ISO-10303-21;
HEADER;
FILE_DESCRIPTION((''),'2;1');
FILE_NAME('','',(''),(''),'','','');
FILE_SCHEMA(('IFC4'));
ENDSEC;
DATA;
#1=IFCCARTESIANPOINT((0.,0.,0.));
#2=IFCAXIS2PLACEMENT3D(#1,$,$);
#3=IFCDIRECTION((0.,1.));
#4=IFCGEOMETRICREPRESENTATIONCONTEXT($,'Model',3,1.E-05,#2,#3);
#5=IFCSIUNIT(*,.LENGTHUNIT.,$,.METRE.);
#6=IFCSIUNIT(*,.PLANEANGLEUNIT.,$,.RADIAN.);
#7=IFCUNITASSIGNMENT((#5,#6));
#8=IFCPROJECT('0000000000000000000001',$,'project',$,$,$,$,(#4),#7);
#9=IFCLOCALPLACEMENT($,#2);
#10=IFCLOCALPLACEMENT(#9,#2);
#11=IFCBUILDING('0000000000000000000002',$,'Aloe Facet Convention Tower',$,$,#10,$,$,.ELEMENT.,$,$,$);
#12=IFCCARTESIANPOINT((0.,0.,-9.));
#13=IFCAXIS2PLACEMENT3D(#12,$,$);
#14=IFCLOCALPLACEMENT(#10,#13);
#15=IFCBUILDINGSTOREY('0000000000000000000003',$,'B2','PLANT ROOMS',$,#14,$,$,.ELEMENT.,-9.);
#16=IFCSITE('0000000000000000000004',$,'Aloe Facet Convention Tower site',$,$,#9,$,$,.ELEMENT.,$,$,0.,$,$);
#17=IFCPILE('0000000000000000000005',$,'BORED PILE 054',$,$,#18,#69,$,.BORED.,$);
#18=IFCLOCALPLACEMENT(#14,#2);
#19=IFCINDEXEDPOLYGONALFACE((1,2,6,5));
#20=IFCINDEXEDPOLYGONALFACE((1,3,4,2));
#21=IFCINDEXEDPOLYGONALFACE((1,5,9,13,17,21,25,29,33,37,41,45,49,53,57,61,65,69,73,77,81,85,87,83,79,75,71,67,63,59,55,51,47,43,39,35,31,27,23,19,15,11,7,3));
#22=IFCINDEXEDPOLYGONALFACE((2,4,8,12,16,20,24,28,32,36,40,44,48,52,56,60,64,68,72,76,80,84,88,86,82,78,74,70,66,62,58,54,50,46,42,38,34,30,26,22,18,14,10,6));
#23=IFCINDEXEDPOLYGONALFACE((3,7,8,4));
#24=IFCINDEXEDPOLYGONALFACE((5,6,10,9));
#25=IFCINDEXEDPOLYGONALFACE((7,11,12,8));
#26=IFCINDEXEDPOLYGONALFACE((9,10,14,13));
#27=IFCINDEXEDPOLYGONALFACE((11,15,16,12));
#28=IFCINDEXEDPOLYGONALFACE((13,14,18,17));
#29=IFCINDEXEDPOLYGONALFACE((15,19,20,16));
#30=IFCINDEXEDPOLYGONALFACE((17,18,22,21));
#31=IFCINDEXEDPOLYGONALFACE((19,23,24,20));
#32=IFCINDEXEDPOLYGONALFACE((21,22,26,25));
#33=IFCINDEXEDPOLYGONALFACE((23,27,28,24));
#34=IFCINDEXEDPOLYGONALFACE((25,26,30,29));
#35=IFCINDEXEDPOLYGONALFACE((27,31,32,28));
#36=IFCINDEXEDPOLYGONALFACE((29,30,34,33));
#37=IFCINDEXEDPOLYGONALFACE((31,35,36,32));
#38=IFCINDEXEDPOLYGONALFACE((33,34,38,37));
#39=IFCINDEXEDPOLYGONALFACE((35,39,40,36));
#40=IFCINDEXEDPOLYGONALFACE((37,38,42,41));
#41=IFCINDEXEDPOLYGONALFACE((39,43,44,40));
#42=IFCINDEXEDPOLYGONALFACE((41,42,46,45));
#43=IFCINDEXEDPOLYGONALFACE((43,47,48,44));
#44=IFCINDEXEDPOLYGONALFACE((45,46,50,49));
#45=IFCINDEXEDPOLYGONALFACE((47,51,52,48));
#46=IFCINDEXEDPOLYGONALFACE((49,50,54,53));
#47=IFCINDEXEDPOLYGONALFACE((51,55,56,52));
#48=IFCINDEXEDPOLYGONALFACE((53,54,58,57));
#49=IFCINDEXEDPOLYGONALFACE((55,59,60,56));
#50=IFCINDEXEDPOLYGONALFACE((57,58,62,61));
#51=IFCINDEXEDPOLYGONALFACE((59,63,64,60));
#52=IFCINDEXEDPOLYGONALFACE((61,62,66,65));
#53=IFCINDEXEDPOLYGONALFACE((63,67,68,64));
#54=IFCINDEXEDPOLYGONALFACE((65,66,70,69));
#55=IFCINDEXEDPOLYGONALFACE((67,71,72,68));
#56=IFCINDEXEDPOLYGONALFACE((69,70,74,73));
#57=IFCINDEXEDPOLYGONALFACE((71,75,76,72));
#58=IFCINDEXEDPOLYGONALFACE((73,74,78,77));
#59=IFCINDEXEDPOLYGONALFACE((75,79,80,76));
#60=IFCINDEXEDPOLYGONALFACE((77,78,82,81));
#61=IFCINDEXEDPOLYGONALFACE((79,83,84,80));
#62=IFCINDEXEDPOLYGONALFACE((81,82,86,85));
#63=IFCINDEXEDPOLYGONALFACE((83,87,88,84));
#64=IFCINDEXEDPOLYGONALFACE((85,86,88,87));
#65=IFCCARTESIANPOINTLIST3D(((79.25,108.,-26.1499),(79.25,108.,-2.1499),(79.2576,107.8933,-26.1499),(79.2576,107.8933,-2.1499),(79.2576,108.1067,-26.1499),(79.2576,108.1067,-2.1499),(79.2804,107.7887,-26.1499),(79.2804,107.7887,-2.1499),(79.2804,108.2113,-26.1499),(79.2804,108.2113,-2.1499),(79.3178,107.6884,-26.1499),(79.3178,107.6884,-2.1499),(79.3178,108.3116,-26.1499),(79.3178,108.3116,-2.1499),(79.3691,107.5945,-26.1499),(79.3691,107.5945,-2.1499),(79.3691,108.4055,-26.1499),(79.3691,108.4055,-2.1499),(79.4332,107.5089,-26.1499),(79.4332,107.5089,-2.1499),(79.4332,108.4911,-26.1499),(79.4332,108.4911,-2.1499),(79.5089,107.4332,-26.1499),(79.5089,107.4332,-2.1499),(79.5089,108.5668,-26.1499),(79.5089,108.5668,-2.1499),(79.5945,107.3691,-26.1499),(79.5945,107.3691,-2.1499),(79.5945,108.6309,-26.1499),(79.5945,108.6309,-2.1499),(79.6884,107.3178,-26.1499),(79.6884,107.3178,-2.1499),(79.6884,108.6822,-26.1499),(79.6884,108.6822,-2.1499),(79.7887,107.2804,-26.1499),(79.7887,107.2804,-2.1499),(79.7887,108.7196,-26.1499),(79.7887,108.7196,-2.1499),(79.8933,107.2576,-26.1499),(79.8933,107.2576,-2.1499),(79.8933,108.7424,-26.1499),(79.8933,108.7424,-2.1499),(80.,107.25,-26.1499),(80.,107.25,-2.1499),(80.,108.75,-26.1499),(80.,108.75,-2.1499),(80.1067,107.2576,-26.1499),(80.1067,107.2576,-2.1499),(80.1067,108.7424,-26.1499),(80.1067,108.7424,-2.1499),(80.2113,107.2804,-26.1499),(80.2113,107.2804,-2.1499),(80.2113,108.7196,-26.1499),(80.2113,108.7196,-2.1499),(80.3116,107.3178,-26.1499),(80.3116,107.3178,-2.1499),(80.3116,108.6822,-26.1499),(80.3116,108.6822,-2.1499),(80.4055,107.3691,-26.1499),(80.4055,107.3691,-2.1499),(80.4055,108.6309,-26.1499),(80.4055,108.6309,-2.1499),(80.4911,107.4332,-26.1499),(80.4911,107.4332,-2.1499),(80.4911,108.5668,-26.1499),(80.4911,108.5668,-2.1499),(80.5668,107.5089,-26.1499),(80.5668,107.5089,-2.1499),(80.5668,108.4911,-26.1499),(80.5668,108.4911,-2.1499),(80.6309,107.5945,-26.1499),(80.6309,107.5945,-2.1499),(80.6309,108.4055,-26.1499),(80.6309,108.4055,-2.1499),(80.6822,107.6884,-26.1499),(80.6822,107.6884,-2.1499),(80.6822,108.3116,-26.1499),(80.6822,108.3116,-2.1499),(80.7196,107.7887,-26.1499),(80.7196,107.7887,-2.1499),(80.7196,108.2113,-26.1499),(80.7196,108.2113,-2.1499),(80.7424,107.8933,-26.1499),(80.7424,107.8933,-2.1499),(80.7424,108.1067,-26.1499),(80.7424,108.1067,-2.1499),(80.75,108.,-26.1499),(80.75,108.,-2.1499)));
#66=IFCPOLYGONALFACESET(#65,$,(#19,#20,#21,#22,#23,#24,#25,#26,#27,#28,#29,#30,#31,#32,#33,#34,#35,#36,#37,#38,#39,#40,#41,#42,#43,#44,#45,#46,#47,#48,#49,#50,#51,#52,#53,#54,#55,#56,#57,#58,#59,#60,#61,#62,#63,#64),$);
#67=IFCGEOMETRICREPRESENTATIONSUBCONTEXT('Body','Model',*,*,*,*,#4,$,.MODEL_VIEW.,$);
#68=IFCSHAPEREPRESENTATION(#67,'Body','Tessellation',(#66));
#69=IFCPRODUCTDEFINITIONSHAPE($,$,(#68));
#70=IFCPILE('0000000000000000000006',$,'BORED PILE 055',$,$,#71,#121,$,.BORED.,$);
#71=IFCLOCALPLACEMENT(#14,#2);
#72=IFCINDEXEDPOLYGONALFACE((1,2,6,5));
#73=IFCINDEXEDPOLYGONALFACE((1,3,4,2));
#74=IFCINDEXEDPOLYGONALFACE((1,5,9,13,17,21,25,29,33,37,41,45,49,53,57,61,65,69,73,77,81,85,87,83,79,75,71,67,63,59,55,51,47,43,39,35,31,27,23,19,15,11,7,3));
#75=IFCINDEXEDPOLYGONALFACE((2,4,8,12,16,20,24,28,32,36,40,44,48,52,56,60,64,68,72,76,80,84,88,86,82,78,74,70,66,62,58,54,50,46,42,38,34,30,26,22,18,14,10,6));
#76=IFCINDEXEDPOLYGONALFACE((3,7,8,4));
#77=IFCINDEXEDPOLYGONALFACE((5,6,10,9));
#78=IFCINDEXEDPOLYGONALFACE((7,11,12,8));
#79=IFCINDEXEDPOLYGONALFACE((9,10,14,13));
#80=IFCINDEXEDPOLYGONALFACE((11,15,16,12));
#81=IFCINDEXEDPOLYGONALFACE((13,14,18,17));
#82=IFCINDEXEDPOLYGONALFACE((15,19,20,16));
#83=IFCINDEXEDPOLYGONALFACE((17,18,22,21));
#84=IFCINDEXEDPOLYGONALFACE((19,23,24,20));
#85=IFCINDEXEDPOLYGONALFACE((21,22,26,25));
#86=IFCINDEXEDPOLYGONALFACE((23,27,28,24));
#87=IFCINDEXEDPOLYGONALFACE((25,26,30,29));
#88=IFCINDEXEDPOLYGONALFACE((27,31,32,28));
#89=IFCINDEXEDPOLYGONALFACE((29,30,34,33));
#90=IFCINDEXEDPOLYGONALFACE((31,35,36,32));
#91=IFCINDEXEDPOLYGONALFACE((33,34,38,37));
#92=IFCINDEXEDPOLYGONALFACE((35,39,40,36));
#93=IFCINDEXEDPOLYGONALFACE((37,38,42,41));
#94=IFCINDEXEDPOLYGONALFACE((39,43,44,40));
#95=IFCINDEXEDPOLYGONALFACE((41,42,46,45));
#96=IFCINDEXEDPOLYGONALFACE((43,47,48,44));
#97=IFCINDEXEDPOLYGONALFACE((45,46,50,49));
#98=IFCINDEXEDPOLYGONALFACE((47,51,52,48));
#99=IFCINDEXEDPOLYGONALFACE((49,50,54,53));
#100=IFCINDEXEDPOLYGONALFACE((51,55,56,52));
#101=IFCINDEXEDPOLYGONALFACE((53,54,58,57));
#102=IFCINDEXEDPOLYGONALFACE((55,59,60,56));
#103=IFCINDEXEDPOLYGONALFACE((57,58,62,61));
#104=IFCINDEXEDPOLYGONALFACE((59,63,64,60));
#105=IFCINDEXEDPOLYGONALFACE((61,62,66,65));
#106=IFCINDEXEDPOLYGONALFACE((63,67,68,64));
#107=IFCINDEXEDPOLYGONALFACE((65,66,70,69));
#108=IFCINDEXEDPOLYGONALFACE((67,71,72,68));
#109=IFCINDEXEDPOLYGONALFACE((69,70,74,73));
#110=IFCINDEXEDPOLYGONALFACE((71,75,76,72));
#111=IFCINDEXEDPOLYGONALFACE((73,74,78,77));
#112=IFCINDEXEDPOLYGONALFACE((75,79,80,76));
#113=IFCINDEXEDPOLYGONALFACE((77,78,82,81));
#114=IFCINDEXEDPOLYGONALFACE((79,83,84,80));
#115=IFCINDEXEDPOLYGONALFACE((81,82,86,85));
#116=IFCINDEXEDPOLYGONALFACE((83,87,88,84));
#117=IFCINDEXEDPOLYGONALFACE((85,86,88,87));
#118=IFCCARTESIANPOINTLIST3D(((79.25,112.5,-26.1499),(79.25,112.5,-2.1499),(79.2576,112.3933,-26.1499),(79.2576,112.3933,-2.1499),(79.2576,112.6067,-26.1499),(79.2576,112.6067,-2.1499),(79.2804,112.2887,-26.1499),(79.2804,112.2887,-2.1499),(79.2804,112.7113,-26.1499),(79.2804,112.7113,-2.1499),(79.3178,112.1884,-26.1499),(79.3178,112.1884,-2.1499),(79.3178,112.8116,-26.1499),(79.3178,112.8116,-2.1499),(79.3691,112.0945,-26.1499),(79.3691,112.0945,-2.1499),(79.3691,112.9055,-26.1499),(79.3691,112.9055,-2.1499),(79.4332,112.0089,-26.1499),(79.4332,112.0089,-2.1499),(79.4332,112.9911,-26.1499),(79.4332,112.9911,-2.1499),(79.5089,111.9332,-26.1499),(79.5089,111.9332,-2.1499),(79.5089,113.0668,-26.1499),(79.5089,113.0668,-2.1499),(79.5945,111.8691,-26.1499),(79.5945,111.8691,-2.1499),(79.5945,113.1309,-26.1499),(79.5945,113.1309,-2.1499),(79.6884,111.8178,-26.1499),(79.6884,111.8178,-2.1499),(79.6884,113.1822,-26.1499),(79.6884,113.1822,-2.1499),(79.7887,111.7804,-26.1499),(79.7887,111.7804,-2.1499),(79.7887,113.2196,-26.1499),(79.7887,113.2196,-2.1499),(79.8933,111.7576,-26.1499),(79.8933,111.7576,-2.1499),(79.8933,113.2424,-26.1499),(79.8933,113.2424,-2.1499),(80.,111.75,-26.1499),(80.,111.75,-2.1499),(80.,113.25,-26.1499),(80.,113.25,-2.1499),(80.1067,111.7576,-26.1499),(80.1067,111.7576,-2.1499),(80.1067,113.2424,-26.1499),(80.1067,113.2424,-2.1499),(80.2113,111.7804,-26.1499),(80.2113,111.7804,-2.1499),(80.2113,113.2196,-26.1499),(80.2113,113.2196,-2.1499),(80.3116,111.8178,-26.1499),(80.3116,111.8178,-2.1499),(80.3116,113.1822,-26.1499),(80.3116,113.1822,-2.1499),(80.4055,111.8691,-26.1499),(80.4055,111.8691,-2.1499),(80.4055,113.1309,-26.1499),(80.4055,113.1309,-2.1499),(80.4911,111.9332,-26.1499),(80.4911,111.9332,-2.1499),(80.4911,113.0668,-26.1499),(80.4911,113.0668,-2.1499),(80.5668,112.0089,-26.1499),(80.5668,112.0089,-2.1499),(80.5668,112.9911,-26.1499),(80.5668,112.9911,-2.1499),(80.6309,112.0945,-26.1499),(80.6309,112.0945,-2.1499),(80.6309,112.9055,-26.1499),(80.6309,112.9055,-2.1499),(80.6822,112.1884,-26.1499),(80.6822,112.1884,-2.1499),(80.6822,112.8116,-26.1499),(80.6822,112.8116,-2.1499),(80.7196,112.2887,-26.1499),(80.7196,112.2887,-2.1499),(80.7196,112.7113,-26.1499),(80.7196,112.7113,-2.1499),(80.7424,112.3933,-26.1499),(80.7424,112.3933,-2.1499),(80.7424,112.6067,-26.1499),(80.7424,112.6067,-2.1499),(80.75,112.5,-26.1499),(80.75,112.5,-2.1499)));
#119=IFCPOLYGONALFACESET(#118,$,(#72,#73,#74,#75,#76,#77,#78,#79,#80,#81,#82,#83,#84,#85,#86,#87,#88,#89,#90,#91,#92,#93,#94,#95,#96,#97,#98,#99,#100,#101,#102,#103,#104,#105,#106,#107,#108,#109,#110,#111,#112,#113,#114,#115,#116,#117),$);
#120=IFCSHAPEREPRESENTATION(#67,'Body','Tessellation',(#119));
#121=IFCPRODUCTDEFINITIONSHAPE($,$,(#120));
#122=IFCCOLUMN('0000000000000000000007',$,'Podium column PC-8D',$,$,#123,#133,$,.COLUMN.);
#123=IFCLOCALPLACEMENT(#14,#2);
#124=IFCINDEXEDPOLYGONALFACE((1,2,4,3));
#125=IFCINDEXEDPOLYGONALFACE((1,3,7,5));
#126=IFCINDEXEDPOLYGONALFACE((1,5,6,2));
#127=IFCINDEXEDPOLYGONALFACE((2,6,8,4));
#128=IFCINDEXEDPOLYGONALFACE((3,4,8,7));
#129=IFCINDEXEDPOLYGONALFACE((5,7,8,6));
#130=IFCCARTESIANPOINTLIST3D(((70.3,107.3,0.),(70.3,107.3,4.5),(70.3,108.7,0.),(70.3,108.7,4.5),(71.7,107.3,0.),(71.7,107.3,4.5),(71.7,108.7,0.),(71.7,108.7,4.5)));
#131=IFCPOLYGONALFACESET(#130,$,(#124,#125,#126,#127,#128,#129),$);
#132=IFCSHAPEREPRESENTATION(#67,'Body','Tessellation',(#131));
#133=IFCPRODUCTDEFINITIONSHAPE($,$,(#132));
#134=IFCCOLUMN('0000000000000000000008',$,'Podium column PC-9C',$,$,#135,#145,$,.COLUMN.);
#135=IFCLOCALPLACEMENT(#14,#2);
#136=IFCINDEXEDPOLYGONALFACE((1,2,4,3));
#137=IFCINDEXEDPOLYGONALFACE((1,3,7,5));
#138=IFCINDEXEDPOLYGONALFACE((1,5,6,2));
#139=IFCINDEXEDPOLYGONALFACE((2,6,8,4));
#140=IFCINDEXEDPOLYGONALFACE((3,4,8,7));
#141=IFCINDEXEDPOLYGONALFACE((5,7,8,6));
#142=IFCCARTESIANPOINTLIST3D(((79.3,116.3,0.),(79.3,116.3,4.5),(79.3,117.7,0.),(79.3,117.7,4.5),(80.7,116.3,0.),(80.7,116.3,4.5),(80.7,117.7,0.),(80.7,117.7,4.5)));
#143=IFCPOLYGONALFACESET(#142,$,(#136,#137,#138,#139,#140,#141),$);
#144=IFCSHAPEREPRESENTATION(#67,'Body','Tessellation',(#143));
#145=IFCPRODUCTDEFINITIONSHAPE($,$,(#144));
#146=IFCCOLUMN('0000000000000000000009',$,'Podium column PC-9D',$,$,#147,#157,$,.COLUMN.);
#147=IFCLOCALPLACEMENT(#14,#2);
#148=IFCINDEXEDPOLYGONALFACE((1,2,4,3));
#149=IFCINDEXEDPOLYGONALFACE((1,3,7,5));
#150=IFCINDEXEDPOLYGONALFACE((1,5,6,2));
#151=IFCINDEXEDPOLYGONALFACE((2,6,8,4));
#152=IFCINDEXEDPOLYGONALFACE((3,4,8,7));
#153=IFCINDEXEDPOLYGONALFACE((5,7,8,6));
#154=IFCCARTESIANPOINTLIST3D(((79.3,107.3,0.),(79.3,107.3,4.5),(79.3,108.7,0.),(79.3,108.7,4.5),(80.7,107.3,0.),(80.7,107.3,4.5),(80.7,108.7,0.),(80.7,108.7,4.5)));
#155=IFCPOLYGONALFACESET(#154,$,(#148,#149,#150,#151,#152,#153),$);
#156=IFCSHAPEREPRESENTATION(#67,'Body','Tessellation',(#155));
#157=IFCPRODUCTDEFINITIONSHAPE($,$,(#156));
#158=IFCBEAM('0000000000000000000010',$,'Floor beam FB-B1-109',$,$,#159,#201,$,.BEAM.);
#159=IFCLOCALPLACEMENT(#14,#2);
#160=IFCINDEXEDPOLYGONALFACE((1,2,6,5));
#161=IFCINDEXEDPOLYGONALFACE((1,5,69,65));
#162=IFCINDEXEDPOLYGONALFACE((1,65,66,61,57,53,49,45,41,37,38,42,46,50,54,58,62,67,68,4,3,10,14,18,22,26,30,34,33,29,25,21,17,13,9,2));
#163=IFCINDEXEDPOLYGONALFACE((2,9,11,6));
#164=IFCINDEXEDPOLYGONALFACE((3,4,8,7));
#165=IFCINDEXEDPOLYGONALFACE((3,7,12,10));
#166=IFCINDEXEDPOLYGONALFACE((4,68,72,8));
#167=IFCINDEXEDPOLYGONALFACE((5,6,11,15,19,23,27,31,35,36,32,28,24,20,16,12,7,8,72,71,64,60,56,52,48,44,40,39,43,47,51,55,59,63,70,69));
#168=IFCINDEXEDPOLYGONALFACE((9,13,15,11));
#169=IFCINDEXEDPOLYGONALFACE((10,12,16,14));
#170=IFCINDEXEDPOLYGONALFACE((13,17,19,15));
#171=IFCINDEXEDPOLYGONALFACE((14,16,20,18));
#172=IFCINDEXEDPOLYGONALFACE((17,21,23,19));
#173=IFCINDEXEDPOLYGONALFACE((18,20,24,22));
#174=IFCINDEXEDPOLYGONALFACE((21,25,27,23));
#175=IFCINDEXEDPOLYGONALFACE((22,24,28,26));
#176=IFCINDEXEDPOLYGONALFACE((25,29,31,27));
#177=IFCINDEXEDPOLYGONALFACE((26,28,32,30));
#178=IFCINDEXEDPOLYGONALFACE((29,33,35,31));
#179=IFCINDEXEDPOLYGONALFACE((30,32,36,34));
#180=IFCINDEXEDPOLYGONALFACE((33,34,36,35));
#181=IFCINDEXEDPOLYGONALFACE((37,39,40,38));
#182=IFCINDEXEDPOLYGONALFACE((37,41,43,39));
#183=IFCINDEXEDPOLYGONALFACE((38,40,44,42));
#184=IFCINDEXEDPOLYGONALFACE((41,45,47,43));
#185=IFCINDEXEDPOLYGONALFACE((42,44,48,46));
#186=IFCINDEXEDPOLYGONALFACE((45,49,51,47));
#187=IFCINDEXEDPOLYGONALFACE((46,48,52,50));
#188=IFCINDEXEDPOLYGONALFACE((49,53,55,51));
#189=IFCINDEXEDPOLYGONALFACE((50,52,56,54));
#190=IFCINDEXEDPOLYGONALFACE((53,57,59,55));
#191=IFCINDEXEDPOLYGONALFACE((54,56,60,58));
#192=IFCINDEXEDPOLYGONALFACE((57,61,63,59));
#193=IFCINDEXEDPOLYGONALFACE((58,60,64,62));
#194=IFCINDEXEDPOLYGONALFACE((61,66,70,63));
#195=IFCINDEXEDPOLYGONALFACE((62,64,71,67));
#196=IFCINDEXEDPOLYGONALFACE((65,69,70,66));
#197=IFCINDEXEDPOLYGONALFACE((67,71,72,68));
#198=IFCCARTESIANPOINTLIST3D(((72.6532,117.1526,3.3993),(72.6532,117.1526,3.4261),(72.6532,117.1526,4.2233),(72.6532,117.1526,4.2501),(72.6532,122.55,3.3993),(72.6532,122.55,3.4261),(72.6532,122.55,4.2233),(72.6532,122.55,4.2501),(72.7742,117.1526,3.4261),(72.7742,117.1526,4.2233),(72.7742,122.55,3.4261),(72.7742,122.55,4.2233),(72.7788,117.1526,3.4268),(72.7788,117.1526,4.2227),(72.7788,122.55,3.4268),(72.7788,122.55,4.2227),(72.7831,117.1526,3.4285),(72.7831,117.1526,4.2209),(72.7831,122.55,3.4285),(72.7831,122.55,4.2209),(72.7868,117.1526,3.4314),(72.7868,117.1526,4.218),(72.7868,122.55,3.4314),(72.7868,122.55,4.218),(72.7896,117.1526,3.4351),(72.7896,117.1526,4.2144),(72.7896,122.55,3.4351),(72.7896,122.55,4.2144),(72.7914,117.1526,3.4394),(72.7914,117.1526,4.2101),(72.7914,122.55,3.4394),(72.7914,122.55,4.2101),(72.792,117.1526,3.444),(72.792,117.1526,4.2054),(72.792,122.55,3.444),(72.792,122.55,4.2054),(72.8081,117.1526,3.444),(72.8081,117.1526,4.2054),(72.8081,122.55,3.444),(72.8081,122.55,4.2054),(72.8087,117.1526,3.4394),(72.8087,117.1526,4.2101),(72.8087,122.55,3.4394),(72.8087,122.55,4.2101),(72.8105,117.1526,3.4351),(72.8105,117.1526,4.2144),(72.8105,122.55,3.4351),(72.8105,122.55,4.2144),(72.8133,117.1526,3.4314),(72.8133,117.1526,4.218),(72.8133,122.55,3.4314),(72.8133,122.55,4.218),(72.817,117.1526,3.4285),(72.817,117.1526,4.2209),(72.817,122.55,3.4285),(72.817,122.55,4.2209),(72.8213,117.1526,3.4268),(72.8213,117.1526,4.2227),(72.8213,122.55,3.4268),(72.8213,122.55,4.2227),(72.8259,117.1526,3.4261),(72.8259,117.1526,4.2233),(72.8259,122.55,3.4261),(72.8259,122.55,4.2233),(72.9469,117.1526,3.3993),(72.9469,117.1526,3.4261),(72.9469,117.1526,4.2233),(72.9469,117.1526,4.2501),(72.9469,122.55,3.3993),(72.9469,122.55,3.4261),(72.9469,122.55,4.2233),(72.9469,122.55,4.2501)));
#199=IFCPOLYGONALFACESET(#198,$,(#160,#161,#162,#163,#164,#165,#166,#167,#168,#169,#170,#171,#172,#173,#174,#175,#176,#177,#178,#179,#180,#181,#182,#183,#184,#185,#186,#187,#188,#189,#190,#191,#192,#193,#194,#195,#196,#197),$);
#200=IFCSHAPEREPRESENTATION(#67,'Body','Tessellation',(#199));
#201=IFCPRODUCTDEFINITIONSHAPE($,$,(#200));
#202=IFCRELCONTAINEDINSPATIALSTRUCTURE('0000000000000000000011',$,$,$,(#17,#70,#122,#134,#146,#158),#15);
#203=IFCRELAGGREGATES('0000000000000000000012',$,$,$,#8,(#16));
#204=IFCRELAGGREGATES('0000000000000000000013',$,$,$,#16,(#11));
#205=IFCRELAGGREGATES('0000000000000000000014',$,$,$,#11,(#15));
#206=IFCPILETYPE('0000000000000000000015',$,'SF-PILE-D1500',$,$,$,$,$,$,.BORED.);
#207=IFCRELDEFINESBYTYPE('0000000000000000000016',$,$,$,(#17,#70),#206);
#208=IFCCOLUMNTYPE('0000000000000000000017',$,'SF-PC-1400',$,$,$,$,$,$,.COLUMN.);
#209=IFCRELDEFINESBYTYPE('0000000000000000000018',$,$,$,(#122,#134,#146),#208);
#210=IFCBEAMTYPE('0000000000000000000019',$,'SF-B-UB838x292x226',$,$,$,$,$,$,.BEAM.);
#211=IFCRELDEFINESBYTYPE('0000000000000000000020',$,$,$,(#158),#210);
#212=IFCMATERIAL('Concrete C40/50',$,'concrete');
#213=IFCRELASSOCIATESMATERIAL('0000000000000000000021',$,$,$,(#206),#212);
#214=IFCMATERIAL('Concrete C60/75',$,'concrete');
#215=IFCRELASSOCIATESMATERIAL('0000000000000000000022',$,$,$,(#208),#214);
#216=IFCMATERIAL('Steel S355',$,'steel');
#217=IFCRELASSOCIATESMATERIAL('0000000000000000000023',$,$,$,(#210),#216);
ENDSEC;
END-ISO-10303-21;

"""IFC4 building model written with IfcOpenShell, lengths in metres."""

from ifc_helpers import new_model, si_unit, direction, frame, origin, origin_2d, place, context, subcontext, project, spatial, rectangle, circle, i_section, extrude, material, material_profile, profile_set, type_object, element, save


model = new_model("IFC4")

# Units and contexts
model_context = context("Model", 3, precision=1e-05, world=origin(), true_north=direction((0.0, 1.0)))
body_context = subcontext(model_context, "Body", "Model", "MODEL_VIEW")
ifc_project = project(units=[si_unit("LENGTHUNIT", "METRE"), si_unit("PLANEANGLEUNIT", "RADIAN")], contexts=[model_context])

# Site, building, storey
site_placement = place(None, origin())
site = spatial("IfcSite", under=ifc_project, at=site_placement, Name="Aloe Facet Convention Tower site", CompositionType="ELEMENT", RefElevation=0.0)
building_placement = place(site_placement, origin())
building = spatial("IfcBuilding", under=site, at=building_placement, Name="Aloe Facet Convention Tower", CompositionType="ELEMENT")
storey_placement = place(building_placement, frame((0.0, 0.0, -9.0)))
storey = spatial("IfcBuildingStorey", under=building, at=storey_placement, Name="B2", Description="PLANT ROOMS", CompositionType="ELEMENT", Elevation=-9.0)

# Piles
ifc_material_1 = material(Name="Concrete C40/50", Category="concrete")
ifc_material_profile_1 = material_profile(ifc_material_1, circle(Radius=0.75, at=origin_2d()), Name="D1500")
ifc_profile_set_1 = profile_set([ifc_material_profile_1], Name="Concrete C40/50")
pile_type = type_object("IfcPileType", Name="SF-PILE-D1500", PredefinedType="BORED", material=ifc_profile_set_1)
for number, where, z_axis, x_axis, name in (
    (1, (80.0, 108.0, -2.1499), (0.0, 0.0, -1.0), (1.0, 0.0, 0.0), "BORED PILE 054"),
    (2, (80.0, 112.5, -2.1499), (0.0, 0.0, -1.0), (1.0, 0.0, 0.0), "BORED PILE 055"),
):
    element("IfcPile", number, at=place(storey_placement, frame(where, z_axis=z_axis, x_axis=x_axis)), inside=storey, type_object=pile_type, Name=name, PredefinedType="BORED", context=body_context, shape_type="SweptSolid", body=[
        extrude(circle(Radius=0.75, at=origin_2d()), origin(), (0.0, 0.0, 1.0), 24.0),
    ])

# Columns
ifc_material_2 = material(Name="Concrete C60/75", Category="concrete")
ifc_material_profile_2 = material_profile(ifc_material_2, rectangle(XDim=1.3999, YDim=1.3999, at=origin_2d()), Name="SF-PC-1400")
ifc_profile_set_2 = profile_set([ifc_material_profile_2], Name="Concrete C60/75")
column_type = type_object("IfcColumnType", Name="SF-PC-1400", PredefinedType="COLUMN", material=ifc_profile_set_2)
for number, where, z_axis, x_axis, name in (
    (3, (71.0, 108.0, 0.0), (0.0, 0.0, 1.0), (1.0, 0.0, 0.0), "Podium column PC-8D"),
    (4, (80.0, 117.0, 0.0), (0.0, 0.0, 1.0), (1.0, 0.0, 0.0), "Podium column PC-9C"),
    (5, (80.0, 108.0, 0.0), (0.0, 0.0, 1.0), (1.0, 0.0, 0.0), "Podium column PC-9D"),
):
    element("IfcColumn", number, at=place(storey_placement, frame(where, z_axis=z_axis, x_axis=x_axis)), inside=storey, type_object=column_type, Name=name, PredefinedType="COLUMN", context=body_context, shape_type="SweptSolid", body=[
        extrude(rectangle(XDim=1.3999, YDim=1.3999, at=origin_2d()), origin(), (0.0, 0.0, 1.0), 4.5),
    ])

# Beam
ifc_material_3 = material(Name="Steel S355", Category="steel")
ifc_material_profile_3 = material_profile(ifc_material_3, i_section(OverallWidth=0.2937, OverallDepth=0.8508, WebThickness=0.0161, FlangeThickness=0.0269, FilletRadius=0.0178, at=origin_2d()), Name="UB 838x292x226")
ifc_profile_set_3 = profile_set([ifc_material_profile_3], Name="Steel S355")
beam_type = type_object("IfcBeamType", Name="SF-B-UB838x292x226", PredefinedType="BEAM", material=ifc_profile_set_3)
for number, where, z_axis, x_axis, name in (
    (6, (72.8, 117.1526, 3.8247), (0.0, 1.0, 0.0), (-1.0, 0.0, 0.0), "Floor beam FB-B1-109"),
):
    element("IfcBeam", number, at=place(storey_placement, frame(where, z_axis=z_axis, x_axis=x_axis)), inside=storey, type_object=beam_type, Name=name, PredefinedType="BEAM", context=body_context, shape_type="SweptSolid", body=[
        extrude(i_section(OverallWidth=0.2937, OverallDepth=0.8508, WebThickness=0.0161, FlangeThickness=0.0269, FilletRadius=0.0178, at=origin_2d()), origin(), (0.0, 0.0, 1.0), 5.3975),
    ])

save(model, "model.ifc")
